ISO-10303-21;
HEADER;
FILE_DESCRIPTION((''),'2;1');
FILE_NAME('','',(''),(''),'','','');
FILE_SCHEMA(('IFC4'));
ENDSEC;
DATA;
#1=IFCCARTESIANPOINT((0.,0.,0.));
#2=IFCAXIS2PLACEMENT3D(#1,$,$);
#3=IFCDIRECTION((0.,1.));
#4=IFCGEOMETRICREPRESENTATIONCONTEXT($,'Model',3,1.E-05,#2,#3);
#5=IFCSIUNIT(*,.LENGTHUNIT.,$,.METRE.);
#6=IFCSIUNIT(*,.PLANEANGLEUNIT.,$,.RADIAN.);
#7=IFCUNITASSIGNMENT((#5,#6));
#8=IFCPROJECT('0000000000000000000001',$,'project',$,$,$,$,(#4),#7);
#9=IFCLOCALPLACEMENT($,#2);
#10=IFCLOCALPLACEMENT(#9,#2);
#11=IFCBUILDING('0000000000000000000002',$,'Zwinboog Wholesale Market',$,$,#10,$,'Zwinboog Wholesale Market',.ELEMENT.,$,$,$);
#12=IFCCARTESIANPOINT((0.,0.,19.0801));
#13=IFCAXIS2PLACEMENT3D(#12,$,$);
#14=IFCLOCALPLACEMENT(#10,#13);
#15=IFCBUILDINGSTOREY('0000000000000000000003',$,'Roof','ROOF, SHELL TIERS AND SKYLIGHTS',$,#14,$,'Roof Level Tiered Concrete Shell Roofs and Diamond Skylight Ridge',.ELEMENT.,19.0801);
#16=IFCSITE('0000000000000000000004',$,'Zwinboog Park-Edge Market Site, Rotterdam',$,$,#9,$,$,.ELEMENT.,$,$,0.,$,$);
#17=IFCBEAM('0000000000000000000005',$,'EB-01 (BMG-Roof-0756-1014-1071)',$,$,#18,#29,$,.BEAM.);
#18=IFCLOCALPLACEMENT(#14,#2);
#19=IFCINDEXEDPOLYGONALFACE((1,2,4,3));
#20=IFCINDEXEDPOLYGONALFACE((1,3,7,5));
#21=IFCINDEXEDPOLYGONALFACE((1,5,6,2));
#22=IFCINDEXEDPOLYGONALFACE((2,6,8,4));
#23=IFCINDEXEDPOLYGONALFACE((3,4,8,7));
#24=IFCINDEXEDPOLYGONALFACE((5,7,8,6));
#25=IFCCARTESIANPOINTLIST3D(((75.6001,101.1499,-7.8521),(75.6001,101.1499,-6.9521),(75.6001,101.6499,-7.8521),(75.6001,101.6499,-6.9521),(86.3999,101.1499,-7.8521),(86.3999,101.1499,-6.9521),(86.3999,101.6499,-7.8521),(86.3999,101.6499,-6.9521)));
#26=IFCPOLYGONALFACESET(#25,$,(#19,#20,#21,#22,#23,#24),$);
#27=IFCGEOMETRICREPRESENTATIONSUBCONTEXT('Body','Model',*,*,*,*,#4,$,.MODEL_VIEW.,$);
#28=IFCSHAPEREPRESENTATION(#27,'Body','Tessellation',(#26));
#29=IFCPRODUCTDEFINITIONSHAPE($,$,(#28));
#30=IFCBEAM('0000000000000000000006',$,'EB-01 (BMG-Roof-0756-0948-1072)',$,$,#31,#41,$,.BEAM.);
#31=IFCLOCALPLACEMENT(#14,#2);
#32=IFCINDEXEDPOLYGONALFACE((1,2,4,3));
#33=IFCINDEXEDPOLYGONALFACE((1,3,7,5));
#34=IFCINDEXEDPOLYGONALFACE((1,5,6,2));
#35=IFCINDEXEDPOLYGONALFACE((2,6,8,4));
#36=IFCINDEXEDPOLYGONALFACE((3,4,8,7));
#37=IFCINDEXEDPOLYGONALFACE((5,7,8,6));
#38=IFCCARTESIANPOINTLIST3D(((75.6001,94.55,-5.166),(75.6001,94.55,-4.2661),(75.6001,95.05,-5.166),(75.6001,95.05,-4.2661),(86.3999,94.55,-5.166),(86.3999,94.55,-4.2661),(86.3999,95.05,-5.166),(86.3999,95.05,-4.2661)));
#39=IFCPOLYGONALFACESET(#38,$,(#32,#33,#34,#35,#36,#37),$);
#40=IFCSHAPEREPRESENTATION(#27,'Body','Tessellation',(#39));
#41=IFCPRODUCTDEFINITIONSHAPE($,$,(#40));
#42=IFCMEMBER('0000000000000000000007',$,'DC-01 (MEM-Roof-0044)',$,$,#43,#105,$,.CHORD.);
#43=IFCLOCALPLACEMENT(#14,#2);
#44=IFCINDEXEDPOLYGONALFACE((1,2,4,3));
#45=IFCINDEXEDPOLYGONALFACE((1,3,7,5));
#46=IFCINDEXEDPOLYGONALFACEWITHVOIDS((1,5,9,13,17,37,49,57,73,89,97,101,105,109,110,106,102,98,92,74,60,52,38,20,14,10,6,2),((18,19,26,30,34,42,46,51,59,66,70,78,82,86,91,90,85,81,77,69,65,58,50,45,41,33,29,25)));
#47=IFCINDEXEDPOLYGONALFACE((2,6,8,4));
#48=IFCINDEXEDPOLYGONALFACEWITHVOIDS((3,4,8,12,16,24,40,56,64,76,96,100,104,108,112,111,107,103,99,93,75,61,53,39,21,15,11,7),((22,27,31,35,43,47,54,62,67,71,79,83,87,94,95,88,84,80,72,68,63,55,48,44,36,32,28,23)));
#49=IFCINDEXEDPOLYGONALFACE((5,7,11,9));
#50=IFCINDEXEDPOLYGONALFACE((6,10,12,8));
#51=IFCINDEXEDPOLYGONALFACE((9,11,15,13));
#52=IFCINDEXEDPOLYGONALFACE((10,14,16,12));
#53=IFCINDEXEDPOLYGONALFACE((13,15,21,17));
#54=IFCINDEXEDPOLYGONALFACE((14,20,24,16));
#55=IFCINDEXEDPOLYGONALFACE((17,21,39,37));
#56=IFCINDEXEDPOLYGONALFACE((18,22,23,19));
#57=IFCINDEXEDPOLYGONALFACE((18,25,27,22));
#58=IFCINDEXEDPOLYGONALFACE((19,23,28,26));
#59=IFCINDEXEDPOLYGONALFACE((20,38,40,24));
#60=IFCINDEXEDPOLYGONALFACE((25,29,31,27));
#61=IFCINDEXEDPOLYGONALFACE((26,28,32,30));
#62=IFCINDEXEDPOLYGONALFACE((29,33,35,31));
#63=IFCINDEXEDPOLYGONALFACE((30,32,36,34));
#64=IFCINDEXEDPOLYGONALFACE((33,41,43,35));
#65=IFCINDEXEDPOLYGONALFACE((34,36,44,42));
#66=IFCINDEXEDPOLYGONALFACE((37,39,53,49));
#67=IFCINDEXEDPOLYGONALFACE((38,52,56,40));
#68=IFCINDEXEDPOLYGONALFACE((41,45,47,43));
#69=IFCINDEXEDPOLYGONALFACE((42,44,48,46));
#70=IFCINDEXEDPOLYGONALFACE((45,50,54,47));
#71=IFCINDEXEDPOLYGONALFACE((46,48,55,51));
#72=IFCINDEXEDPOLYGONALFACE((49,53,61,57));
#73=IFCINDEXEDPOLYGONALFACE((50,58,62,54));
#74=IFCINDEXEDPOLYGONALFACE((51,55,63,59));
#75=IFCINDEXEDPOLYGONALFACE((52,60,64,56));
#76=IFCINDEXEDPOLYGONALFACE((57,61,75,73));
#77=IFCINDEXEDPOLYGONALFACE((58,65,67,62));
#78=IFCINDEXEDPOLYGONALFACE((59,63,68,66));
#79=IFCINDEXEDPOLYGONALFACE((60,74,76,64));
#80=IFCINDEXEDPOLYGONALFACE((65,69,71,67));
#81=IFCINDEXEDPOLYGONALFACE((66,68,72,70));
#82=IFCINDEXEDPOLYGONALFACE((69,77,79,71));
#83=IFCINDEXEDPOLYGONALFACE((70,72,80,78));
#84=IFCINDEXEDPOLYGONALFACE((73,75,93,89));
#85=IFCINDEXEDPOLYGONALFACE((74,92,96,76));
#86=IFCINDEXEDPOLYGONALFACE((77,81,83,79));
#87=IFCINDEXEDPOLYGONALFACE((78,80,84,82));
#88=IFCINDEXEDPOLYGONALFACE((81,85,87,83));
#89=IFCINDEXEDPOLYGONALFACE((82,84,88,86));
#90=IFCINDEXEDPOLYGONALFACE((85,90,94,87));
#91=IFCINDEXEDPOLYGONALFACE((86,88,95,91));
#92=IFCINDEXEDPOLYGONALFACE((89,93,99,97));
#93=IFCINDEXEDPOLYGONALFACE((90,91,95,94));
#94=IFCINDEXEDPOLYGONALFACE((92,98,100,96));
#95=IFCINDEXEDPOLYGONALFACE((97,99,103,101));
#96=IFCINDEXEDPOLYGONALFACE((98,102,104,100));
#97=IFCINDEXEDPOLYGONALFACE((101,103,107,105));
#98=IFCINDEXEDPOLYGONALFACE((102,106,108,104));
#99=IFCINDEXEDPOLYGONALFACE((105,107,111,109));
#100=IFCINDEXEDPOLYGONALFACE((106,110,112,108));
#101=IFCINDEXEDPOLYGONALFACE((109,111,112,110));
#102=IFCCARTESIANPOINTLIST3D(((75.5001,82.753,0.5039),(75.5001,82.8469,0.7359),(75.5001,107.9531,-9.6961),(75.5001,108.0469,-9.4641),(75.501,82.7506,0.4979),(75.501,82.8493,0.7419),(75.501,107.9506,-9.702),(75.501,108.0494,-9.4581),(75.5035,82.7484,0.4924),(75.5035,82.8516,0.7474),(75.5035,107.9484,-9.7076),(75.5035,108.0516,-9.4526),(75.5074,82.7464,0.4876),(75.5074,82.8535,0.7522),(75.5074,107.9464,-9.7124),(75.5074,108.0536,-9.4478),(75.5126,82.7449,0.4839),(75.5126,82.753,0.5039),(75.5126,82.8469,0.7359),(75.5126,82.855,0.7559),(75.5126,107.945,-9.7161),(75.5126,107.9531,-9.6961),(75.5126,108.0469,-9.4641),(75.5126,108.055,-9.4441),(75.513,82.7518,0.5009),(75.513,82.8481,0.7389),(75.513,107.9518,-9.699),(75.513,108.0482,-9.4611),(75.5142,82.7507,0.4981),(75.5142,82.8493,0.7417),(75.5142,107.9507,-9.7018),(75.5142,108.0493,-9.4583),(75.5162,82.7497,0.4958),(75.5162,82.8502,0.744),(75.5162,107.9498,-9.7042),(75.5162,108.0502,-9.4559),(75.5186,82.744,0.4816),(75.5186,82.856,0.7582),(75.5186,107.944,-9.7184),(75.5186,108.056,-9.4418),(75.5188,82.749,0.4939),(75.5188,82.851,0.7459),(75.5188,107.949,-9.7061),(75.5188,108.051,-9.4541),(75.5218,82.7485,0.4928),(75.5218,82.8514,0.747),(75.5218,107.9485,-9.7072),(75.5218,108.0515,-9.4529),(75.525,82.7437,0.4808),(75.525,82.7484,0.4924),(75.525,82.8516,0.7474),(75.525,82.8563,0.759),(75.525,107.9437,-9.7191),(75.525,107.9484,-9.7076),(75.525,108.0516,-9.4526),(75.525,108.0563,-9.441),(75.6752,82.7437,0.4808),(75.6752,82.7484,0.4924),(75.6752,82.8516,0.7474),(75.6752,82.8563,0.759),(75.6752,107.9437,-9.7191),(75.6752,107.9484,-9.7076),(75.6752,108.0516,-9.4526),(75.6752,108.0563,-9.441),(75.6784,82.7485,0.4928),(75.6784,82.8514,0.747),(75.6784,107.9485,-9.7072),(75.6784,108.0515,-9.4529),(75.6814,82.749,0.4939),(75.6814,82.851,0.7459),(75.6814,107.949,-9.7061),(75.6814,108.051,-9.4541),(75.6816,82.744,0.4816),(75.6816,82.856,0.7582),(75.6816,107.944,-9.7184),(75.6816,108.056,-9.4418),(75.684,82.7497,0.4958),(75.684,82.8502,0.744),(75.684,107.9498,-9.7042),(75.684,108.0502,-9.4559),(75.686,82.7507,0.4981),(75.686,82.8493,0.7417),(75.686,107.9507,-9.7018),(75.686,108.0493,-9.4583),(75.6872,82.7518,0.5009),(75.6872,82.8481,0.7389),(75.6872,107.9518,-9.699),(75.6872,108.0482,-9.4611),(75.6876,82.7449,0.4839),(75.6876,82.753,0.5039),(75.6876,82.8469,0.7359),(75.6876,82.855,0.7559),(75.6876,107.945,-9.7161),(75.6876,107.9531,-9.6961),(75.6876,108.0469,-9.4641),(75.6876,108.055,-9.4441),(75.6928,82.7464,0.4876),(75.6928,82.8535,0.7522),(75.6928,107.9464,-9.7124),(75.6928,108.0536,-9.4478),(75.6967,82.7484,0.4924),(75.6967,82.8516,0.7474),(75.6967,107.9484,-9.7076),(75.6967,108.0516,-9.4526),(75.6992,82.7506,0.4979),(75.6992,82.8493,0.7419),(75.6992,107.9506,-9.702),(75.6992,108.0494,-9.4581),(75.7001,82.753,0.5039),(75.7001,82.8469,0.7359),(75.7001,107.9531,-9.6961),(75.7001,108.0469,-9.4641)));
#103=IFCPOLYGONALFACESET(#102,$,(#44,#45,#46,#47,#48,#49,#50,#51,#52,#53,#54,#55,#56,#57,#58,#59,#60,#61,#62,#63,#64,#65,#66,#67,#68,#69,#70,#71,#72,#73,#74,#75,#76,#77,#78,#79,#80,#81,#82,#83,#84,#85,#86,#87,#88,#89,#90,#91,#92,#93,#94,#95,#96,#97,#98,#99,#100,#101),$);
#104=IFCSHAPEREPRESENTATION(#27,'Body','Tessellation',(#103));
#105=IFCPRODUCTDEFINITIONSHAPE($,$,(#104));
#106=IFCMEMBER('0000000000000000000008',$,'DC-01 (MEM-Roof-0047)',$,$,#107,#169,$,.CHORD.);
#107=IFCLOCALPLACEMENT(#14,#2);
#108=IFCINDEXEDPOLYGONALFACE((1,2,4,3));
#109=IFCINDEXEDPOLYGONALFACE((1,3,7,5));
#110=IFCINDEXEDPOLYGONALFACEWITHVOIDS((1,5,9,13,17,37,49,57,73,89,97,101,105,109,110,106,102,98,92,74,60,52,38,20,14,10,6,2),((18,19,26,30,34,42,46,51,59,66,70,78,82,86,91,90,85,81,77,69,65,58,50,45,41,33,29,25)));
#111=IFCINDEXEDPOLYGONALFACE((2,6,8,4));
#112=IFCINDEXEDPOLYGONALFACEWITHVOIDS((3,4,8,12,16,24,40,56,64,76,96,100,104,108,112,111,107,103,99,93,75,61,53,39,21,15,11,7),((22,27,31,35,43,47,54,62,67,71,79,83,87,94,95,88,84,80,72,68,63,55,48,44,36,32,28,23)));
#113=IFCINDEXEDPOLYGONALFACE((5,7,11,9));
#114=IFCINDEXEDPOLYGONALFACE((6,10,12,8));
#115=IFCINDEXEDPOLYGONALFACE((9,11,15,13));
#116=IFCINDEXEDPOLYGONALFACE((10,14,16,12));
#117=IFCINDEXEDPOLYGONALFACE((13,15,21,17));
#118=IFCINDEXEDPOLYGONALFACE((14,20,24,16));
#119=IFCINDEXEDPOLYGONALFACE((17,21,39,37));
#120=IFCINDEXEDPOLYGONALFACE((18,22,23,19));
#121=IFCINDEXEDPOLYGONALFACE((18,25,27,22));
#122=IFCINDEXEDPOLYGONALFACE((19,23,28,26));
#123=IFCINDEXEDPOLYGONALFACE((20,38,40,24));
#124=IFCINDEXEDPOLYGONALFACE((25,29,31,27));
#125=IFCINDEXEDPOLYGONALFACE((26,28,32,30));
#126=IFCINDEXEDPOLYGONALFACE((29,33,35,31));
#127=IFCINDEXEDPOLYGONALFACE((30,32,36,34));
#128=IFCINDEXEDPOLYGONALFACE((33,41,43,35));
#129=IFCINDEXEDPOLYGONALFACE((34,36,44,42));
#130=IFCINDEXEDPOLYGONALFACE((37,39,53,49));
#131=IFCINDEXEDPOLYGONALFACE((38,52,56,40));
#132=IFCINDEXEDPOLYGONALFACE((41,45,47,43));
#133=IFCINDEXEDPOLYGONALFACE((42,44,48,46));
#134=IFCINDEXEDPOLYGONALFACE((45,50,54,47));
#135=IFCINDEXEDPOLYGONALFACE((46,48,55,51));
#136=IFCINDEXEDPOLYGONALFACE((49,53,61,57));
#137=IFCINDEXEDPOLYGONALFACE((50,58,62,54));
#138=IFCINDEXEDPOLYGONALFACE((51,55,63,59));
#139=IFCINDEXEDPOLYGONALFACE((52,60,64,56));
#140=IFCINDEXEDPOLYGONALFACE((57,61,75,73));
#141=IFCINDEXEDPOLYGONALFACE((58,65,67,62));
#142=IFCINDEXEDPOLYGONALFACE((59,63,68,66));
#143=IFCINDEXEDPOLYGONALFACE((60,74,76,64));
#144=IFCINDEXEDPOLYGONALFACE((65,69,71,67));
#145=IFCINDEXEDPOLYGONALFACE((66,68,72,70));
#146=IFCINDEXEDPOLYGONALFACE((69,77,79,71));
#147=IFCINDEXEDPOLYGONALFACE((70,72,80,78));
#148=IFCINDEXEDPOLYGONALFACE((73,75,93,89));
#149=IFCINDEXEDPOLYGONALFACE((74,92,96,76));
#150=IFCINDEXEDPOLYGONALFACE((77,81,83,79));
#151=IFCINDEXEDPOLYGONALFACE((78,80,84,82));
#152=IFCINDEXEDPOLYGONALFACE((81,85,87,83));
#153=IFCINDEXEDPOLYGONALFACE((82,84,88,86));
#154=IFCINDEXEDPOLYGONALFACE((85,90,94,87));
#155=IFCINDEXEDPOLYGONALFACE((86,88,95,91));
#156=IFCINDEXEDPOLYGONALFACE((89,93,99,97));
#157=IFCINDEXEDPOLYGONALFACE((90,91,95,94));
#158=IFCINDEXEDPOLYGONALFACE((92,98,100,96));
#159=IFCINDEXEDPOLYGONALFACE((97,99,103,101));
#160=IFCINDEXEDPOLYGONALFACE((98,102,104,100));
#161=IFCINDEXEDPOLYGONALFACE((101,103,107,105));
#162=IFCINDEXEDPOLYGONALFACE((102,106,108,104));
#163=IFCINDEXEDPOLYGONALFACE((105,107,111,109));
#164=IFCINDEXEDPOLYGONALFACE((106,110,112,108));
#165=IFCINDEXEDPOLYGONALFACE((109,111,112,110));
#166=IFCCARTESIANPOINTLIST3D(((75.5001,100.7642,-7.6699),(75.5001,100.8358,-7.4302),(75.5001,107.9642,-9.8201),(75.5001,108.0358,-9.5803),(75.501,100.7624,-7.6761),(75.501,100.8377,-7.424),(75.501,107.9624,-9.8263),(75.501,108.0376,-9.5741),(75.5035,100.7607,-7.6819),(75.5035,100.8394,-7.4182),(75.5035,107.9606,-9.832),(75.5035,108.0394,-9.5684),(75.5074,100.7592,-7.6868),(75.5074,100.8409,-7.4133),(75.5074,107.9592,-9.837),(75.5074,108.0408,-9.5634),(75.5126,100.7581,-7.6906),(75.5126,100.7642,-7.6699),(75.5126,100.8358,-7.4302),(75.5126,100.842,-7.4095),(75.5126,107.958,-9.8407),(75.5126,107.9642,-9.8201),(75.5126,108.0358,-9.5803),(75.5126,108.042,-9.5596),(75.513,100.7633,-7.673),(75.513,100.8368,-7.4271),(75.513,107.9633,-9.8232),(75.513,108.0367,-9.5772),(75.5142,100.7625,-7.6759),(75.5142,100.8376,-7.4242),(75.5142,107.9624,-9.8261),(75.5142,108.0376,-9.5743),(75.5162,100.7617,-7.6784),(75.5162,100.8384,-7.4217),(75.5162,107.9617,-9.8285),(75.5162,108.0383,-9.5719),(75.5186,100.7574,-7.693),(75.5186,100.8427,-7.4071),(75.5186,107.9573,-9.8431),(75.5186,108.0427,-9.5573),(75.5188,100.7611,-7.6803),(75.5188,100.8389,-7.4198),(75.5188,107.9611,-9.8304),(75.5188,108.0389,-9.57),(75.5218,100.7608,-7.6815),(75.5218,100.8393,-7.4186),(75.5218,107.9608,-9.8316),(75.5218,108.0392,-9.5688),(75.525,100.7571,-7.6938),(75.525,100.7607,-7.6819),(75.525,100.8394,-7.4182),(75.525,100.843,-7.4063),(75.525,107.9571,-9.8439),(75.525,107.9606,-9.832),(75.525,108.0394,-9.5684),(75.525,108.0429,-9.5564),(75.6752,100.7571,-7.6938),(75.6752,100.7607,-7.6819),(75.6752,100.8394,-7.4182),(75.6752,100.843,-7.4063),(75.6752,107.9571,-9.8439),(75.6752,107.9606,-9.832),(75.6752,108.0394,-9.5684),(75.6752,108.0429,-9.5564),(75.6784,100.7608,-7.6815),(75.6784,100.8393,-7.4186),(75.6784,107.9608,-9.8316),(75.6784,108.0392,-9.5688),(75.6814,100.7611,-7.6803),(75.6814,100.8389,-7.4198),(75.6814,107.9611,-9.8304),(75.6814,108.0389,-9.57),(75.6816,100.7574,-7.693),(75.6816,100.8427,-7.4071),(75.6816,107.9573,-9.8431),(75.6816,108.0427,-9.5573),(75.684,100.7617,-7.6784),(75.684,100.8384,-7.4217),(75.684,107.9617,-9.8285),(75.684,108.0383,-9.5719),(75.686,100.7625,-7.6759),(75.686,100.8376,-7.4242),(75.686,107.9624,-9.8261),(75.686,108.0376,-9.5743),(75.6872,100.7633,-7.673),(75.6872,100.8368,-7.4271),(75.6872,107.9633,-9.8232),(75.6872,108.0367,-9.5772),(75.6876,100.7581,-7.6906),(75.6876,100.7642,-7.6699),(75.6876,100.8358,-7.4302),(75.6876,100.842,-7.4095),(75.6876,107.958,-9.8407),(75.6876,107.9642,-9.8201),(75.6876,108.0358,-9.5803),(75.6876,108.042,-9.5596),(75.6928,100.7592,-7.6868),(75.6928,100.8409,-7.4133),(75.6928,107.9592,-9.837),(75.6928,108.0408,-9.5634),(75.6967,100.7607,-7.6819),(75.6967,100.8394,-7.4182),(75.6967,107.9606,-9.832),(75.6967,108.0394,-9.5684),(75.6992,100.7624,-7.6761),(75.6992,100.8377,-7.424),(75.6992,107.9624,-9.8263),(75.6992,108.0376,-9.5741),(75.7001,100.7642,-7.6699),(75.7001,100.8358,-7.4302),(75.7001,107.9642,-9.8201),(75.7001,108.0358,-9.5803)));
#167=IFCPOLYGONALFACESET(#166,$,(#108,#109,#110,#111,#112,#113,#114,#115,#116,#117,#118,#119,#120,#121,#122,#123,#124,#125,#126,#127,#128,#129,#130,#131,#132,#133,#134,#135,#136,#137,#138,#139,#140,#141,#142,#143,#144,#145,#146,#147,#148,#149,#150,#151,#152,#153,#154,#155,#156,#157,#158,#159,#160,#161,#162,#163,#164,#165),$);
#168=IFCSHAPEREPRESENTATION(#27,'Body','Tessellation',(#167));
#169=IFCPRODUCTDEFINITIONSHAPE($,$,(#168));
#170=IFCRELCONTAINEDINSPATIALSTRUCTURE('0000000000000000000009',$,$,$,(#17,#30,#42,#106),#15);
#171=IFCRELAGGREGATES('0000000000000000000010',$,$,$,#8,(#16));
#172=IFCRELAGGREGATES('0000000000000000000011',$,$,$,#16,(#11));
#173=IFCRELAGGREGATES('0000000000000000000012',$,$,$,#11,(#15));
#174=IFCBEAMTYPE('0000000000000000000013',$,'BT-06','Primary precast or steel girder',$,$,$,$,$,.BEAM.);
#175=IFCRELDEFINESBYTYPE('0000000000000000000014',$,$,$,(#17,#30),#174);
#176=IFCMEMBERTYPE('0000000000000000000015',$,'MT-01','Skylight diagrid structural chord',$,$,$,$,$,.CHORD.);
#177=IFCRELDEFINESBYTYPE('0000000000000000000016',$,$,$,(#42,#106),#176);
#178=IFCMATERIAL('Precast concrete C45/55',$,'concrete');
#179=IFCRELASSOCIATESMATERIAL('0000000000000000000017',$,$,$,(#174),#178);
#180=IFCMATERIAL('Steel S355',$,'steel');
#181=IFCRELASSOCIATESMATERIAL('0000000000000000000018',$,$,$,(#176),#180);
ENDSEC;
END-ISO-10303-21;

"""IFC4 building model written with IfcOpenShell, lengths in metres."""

from ifc_helpers import new_model, si_unit, direction, frame, origin, origin_2d, place, context, subcontext, project, spatial, rectangle, hollow_rectangle, extrude, material, material_profile, profile_set, type_object, element, save


model = new_model("IFC4")

# Units and contexts
model_context = context("Model", 3, precision=1e-05, world=origin(), true_north=direction((0.0, 1.0)))
body_context = subcontext(model_context, "Body", "Model", "MODEL_VIEW")
ifc_project = project(units=[si_unit("LENGTHUNIT", "METRE"), si_unit("PLANEANGLEUNIT", "RADIAN")], contexts=[model_context])

# Site, building, storey
site_placement = place(None, origin())
site = spatial("IfcSite", under=ifc_project, at=site_placement, Name="Zwinboog Park-Edge Market Site, Rotterdam", CompositionType="ELEMENT", RefElevation=0.0)
building_placement = place(site_placement, origin())
building = spatial("IfcBuilding", under=site, at=building_placement, Name="Zwinboog Wholesale Market", LongName="Zwinboog Wholesale Market", CompositionType="ELEMENT")
storey_placement = place(building_placement, frame((0.0, 0.0, 19.0801)))
storey = spatial("IfcBuildingStorey", under=building, at=storey_placement, Name="Roof", Description="ROOF, SHELL TIERS AND SKYLIGHTS", LongName="Roof Level Tiered Concrete Shell Roofs and Diamond Skylight Ridge", CompositionType="ELEMENT", Elevation=19.0801)

# Beams
ifc_material_1 = material(Name="Precast concrete C45/55", Category="concrete")
ifc_material_profile_1 = material_profile(ifc_material_1, rectangle(XDim=0.5, YDim=0.8999, at=origin_2d()), Name="PC 500x900")
ifc_profile_set_1 = profile_set([ifc_material_profile_1], Name="Precast concrete C45/55")
beam_type = type_object("IfcBeamType", Name="BT-06", Description="Primary precast or steel girder", PredefinedType="BEAM", material=ifc_profile_set_1)
for number, where, z_axis, x_axis, name in (
    (1, (75.6001, 101.3999, -7.4021), (1.0, 0.0, 0.0), (0.0, 1.0, 0.0), "EB-01 (BMG-Roof-0756-1014-1071)"),
    (2, (75.6001, 94.8, -4.7161), (1.0, 0.0, 0.0), (0.0, 1.0, 0.0), "EB-01 (BMG-Roof-0756-0948-1072)"),
):
    element("IfcBeam", number, at=place(storey_placement, frame(where, z_axis=z_axis, x_axis=x_axis)), inside=storey, type_object=beam_type, Name=name, PredefinedType="BEAM", context=body_context, shape_type="SweptSolid", body=[
        extrude(rectangle(XDim=0.5, YDim=0.8999, at=origin_2d()), origin(), (0.0, 0.0, 1.0), 10.7998),
    ])

# Members
ifc_material_2 = material(Name="Steel S355", Category="steel")
ifc_material_profile_2 = material_profile(ifc_material_2, hollow_rectangle(XDim=0.2, YDim=0.3, WallThickness=0.0125, InnerFilletRadius=0.0125, OuterFilletRadius=0.0249, at=origin_2d()), Name="RHS 300x200x12.5")
ifc_profile_set_2 = profile_set([ifc_material_profile_2], Name="Steel S355")
member_type_1 = type_object("IfcMemberType", Name="MT-01", Description="Skylight diagrid structural chord", PredefinedType="CHORD", material=ifc_profile_set_2)
member_1_placement = place(storey_placement, frame((75.6001, 108.0, -9.5801), z_axis=(0.0, -0.926947, 0.375192), x_axis=(1.0, 0.0, 0.0)))
element("IfcMember", 3, at=member_1_placement, inside=storey, type_object=member_type_1, Name="DC-01 (MEM-Roof-0044)", PredefinedType="CHORD", context=body_context, shape_type="SweptSolid", body=[
    extrude(hollow_rectangle(XDim=0.2, YDim=0.3, WallThickness=0.0125, InnerFilletRadius=0.0125, OuterFilletRadius=0.0249, at=origin_2d()), origin(), (0.0, 0.0, 1.0), 27.186),
])
for number, where, z_axis, x_axis, name in (
    (4, (75.6001, 108.0, -9.7002), (0.0, -0.958186, 0.286146), (1.0, 0.0, 0.0), "DC-01 (MEM-Roof-0047)"),
):
    element("IfcMember", number, at=place(storey_placement, frame(where, z_axis=z_axis, x_axis=x_axis)), inside=storey, type_object=member_type_1, Name=name, PredefinedType="CHORD", context=body_context, shape_type="SweptSolid", body=[
        extrude(hollow_rectangle(XDim=0.2, YDim=0.3, WallThickness=0.0125, InnerFilletRadius=0.0125, OuterFilletRadius=0.0249, at=origin_2d()), origin(), (0.0, 0.0, 1.0), 7.5142),
    ])

save(model, "model.ifc")
